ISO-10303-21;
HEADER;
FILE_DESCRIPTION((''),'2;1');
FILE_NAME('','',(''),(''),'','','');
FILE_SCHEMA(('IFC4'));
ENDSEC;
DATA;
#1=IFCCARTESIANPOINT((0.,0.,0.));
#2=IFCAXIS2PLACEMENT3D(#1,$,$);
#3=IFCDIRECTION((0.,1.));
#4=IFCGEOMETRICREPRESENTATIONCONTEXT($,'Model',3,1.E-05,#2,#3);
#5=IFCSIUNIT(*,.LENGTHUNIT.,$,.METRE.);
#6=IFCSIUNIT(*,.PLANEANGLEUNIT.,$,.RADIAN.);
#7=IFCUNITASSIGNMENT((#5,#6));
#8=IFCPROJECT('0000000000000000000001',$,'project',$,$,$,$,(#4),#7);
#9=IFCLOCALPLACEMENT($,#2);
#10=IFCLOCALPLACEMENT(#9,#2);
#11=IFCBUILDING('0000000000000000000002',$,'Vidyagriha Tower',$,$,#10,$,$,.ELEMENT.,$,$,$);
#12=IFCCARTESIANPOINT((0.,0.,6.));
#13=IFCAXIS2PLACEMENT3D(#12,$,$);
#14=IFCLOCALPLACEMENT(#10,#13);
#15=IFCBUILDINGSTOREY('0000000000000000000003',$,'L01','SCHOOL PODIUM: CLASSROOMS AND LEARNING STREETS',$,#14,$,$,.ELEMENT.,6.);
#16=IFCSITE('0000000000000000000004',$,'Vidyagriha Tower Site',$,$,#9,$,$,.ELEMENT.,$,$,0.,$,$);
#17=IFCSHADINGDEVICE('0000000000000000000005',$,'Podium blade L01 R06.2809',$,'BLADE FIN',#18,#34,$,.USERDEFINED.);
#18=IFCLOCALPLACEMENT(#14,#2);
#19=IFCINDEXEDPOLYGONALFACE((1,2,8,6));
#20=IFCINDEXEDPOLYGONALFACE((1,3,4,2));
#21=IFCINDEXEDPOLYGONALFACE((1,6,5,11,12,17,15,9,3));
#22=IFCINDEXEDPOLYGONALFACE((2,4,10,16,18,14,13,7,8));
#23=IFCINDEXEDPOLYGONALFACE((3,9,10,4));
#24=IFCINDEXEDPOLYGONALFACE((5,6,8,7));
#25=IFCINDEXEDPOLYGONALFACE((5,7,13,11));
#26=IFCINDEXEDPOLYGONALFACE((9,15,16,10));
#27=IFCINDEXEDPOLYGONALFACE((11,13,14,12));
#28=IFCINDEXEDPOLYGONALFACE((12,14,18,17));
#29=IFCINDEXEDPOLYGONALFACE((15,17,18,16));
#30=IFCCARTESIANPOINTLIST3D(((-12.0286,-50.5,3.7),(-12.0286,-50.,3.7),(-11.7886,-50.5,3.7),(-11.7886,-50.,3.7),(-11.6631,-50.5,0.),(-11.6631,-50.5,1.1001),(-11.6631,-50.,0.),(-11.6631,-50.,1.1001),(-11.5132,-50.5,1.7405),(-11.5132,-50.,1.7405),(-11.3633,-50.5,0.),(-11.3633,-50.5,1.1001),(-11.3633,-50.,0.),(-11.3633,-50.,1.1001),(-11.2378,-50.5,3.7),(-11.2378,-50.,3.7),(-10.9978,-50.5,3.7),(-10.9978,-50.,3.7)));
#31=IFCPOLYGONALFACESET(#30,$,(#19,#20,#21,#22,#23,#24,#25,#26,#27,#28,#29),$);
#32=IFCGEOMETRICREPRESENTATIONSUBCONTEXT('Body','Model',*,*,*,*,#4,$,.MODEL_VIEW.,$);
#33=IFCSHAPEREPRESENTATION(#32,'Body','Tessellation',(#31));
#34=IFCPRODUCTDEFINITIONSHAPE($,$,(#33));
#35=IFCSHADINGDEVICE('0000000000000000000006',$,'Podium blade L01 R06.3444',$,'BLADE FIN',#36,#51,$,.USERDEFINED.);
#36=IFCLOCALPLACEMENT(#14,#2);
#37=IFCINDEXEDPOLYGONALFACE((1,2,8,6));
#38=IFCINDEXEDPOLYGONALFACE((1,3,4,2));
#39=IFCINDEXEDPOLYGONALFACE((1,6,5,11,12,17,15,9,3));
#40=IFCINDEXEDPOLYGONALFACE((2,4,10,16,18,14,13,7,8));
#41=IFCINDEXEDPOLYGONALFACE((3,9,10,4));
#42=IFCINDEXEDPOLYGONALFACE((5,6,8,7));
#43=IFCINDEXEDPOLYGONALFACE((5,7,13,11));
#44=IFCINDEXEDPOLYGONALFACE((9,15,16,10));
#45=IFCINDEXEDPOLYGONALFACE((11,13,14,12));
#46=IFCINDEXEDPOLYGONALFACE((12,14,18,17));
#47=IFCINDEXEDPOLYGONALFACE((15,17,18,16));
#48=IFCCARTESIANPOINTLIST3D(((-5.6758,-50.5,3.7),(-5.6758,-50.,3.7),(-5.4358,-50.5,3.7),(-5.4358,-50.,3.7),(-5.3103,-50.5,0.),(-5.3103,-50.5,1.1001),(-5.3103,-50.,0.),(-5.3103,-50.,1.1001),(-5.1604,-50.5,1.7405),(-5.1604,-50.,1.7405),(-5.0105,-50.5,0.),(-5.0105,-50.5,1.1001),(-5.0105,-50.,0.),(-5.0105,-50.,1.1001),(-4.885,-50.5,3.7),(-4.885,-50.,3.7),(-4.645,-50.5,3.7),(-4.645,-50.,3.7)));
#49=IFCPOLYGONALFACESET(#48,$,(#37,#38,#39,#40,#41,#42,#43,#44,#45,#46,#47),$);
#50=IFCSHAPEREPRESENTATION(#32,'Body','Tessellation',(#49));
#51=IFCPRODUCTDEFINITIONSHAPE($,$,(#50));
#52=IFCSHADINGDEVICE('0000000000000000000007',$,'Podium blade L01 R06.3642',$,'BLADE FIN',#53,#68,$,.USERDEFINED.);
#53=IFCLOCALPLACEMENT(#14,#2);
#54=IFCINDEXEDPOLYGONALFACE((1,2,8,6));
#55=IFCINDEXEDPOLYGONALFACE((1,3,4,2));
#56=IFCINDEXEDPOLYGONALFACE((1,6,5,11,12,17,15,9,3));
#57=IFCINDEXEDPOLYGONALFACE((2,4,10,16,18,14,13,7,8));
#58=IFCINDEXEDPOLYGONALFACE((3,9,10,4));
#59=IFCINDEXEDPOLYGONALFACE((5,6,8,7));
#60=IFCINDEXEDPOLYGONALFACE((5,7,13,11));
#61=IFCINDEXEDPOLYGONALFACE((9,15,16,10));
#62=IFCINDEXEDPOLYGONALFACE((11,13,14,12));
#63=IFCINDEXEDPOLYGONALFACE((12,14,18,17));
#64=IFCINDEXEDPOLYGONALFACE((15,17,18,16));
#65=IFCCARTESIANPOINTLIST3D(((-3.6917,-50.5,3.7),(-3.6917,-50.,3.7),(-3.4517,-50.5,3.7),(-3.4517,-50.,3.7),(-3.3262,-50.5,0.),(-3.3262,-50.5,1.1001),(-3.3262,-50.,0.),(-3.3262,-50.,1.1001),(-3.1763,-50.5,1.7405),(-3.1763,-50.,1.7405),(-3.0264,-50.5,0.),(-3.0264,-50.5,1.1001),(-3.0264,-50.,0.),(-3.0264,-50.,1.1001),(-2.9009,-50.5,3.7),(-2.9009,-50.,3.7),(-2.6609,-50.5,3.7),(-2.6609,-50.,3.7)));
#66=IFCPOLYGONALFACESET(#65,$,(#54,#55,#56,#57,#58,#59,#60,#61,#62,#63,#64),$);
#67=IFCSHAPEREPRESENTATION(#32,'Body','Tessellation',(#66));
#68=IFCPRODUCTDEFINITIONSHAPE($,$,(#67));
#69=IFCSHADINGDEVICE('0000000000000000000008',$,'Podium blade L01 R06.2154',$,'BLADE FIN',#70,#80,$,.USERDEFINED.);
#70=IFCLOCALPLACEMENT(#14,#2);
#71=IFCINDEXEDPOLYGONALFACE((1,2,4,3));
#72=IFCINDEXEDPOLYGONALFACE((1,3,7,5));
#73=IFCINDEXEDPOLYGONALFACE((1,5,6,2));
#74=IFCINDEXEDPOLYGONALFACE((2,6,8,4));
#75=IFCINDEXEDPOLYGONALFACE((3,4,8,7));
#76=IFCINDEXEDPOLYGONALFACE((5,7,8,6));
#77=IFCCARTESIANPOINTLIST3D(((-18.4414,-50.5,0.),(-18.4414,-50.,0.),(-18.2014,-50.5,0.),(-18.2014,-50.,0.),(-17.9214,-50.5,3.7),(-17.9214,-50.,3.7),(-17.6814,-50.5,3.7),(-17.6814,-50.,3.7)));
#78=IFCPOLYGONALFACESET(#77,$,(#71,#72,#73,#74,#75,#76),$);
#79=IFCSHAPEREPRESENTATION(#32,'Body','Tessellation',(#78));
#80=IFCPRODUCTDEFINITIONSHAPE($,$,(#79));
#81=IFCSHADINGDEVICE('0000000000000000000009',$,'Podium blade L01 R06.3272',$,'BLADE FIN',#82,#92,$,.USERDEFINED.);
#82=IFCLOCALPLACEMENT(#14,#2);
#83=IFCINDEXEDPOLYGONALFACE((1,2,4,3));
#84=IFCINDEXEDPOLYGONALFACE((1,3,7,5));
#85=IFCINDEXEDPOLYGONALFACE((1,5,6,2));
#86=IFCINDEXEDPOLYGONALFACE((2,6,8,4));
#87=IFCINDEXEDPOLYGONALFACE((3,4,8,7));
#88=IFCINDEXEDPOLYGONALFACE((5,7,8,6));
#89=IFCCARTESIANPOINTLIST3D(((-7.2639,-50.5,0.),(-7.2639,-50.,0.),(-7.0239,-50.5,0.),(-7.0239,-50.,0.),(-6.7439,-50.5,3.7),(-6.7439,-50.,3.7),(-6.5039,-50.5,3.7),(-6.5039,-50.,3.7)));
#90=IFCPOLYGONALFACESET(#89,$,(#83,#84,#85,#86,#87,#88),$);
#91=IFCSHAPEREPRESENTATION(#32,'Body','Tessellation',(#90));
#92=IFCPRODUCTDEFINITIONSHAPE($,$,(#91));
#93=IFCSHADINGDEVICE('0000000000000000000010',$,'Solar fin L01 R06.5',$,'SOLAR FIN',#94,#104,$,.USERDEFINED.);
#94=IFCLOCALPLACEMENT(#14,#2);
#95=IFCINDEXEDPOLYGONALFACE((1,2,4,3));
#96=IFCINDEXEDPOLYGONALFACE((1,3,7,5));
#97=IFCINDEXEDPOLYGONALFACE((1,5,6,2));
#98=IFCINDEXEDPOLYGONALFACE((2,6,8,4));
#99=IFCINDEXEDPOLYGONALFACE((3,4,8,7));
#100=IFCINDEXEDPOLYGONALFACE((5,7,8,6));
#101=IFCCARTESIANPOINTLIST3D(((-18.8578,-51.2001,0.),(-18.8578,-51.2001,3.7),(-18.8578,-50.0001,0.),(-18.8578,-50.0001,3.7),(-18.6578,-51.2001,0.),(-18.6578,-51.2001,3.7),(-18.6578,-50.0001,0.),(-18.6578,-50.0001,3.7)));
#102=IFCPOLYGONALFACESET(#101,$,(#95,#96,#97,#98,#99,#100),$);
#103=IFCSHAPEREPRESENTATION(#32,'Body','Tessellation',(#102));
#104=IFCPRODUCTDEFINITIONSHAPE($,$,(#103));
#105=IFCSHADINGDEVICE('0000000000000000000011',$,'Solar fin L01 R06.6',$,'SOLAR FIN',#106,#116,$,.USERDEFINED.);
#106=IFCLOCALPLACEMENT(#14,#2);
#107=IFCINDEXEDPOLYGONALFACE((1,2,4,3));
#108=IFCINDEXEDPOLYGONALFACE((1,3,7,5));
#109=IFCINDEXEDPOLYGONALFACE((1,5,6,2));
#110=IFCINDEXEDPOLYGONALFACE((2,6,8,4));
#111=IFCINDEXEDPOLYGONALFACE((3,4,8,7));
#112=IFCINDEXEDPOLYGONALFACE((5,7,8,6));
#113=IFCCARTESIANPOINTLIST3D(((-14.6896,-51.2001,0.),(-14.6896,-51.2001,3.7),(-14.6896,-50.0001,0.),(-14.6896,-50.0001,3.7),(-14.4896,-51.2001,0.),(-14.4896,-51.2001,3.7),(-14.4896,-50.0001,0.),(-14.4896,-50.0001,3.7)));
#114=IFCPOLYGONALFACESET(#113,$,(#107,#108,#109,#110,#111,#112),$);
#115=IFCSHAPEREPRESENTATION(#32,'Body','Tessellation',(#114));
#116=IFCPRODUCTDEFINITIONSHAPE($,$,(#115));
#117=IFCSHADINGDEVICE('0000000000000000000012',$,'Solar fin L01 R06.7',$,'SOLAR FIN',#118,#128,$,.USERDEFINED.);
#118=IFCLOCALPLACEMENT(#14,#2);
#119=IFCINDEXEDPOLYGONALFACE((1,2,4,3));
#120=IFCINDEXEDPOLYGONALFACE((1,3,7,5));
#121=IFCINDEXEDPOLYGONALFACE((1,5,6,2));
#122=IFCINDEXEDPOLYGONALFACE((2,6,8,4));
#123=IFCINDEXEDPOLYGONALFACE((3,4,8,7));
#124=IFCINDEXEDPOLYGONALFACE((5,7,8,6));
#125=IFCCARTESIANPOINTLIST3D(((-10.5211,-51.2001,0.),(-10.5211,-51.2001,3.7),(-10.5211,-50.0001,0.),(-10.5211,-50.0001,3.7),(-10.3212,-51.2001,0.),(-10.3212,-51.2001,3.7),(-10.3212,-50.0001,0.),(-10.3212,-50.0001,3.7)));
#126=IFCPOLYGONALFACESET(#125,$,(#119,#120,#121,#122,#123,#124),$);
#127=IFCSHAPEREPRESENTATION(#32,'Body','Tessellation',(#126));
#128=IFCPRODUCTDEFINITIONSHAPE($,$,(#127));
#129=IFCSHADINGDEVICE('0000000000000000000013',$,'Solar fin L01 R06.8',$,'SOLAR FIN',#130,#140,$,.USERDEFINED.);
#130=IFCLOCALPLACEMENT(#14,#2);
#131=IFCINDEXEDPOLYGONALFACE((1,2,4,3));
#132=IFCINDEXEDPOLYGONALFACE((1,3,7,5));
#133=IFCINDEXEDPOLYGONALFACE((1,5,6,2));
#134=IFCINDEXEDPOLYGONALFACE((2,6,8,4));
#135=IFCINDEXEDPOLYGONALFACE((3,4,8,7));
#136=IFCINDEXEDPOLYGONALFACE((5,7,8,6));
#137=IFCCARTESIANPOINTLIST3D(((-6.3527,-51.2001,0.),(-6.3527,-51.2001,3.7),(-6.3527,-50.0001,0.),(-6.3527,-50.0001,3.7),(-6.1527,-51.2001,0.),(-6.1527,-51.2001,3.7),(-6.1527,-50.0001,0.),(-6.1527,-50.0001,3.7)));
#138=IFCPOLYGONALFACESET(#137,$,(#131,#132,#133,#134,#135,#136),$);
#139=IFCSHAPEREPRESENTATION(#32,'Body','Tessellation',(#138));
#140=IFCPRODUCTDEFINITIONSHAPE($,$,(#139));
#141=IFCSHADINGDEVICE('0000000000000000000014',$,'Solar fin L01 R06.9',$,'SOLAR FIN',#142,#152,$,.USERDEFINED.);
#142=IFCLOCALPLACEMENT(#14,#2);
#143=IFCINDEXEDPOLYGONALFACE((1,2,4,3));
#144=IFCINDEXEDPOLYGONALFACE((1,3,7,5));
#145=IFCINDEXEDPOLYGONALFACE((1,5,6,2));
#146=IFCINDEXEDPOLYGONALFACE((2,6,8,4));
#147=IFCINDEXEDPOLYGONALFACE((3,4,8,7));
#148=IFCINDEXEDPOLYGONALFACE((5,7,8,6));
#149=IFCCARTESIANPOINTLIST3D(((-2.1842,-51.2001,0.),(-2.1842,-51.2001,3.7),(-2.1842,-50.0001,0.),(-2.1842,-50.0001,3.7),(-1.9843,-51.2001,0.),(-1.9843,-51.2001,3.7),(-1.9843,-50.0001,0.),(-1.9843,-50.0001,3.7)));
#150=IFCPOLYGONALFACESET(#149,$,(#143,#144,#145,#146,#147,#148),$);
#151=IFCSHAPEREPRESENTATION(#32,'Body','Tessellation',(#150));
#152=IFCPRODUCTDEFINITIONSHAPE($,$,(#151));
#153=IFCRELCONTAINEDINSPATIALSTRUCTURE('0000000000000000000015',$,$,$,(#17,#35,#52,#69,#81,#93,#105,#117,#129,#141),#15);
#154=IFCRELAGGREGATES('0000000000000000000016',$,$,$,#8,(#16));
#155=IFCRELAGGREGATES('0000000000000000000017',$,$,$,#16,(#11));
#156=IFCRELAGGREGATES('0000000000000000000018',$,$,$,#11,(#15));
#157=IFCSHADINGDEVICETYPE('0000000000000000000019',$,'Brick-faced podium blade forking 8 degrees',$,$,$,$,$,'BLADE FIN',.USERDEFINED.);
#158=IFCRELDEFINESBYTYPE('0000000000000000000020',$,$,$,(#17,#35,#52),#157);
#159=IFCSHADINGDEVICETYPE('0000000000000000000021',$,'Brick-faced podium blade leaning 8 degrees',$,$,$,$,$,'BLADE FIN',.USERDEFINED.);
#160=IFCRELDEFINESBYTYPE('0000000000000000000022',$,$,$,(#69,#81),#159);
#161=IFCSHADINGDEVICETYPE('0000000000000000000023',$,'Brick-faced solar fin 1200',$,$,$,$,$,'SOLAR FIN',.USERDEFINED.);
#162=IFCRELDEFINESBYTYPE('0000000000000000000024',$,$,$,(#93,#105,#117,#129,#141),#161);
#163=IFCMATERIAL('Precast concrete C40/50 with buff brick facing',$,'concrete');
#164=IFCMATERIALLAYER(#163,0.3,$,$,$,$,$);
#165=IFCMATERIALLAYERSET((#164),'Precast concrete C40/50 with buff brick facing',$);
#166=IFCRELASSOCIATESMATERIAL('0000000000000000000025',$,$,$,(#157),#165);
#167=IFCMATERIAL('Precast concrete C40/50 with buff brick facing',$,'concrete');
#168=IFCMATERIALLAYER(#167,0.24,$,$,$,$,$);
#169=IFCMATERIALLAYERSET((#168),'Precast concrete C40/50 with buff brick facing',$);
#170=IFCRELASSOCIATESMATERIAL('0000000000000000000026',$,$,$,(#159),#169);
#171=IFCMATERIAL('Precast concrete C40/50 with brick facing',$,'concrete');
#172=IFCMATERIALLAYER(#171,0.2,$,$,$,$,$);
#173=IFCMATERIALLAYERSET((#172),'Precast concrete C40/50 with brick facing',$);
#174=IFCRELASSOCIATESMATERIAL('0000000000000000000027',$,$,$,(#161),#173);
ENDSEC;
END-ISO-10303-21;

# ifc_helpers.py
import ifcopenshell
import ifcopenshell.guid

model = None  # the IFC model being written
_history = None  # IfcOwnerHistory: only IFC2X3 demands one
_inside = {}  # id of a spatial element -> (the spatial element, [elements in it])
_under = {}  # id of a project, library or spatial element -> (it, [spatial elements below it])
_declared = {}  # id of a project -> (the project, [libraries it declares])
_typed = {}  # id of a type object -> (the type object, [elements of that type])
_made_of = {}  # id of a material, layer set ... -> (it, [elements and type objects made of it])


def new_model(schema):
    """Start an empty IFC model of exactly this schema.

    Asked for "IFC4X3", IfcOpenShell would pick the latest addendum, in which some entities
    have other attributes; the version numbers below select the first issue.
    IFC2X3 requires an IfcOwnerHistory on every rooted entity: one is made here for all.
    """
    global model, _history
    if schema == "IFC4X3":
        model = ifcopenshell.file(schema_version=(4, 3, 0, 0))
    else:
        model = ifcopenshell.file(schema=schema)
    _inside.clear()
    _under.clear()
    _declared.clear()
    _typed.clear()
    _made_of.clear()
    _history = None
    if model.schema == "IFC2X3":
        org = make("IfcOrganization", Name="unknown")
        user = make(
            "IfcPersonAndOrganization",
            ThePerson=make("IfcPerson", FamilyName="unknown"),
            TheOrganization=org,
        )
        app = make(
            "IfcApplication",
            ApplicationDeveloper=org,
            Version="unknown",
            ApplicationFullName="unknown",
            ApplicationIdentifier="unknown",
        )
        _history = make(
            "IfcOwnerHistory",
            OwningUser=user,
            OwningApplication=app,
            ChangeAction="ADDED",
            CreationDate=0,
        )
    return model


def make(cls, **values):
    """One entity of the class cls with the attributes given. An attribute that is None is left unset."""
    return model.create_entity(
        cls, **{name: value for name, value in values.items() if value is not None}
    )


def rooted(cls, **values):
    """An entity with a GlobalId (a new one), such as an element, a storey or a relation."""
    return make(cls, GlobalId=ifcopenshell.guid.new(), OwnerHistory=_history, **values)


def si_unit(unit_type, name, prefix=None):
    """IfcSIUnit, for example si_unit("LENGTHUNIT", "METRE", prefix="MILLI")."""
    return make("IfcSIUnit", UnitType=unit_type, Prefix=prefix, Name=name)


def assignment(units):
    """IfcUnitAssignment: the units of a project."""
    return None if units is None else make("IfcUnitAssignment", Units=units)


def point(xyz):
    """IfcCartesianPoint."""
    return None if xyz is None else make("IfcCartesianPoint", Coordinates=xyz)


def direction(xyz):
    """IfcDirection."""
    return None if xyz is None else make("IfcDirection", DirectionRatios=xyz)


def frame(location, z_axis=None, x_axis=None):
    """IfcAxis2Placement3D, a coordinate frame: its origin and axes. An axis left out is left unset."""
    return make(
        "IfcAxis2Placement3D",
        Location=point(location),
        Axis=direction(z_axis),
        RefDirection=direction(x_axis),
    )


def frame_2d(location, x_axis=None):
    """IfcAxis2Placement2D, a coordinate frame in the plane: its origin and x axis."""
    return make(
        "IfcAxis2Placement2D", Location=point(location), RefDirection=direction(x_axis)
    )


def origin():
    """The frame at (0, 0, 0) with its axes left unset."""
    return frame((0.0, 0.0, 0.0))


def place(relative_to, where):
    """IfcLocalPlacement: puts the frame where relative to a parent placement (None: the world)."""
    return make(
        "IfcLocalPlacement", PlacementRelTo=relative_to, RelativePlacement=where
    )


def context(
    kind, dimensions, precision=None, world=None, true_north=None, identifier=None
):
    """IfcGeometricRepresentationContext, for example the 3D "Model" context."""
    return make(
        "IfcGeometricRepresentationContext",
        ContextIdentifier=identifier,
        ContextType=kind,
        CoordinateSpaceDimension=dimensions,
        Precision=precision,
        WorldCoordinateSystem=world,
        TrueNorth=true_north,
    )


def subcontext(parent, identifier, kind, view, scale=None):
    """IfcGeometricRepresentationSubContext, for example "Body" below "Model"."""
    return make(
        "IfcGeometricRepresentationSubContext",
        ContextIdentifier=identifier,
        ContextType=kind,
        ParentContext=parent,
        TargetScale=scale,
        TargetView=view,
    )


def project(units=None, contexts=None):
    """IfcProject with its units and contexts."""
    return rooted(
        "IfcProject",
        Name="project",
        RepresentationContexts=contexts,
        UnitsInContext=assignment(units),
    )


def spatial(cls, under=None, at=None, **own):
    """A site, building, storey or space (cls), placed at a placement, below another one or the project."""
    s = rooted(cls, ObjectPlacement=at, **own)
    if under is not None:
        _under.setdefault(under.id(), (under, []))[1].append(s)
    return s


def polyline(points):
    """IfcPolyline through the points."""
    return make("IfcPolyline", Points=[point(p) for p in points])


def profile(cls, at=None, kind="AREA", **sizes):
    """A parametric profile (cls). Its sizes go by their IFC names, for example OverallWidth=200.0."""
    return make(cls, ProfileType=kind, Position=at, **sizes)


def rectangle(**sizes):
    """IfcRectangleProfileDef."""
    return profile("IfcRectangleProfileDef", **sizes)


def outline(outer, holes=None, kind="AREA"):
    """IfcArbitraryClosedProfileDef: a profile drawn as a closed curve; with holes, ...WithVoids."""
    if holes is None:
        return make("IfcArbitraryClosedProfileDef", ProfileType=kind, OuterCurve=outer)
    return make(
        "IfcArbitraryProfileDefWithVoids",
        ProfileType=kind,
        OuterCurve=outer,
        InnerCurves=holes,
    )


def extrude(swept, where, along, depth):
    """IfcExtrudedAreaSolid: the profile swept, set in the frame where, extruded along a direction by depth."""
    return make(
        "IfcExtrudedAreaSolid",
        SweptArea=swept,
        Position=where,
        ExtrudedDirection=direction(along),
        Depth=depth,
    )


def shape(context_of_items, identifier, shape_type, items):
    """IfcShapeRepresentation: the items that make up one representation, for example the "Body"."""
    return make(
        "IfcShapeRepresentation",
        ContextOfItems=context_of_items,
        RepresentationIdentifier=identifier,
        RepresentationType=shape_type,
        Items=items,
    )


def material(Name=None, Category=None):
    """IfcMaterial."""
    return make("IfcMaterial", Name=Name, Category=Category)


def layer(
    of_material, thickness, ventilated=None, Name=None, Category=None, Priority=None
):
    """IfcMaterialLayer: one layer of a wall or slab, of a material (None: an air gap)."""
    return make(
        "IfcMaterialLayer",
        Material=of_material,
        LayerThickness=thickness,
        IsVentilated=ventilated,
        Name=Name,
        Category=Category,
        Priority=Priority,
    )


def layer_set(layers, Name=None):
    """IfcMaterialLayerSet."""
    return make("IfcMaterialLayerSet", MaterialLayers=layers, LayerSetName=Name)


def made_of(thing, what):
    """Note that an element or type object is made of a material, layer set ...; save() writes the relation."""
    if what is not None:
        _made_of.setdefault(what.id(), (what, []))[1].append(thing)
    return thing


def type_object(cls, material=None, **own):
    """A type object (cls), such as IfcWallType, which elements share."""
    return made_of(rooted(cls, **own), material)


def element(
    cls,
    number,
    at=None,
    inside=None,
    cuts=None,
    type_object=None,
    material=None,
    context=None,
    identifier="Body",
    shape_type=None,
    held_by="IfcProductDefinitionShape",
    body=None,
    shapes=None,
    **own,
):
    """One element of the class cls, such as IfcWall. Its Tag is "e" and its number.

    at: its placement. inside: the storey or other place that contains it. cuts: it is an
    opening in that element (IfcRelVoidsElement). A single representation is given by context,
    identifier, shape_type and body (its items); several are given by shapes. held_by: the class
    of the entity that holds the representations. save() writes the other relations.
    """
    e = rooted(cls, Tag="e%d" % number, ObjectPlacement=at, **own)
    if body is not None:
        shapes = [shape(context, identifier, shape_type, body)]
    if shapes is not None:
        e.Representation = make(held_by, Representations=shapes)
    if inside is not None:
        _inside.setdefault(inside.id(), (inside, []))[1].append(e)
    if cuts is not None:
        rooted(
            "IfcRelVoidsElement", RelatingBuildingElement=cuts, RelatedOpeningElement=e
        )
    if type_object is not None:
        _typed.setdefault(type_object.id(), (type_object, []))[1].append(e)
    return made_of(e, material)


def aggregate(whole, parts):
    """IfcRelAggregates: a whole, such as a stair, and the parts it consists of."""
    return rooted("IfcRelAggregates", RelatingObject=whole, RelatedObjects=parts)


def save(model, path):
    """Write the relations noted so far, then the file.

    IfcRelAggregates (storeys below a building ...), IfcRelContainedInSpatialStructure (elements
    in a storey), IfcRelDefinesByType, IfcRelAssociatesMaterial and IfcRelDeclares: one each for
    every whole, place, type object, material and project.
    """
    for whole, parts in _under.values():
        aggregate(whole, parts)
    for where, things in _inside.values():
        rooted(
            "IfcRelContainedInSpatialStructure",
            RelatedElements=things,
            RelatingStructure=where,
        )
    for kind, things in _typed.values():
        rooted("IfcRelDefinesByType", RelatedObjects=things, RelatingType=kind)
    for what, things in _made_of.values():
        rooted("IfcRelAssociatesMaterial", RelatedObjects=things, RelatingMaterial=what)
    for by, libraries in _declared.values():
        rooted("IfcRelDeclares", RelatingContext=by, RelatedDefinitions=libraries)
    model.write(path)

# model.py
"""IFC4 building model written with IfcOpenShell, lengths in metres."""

from ifc_helpers import new_model, si_unit, direction, frame, frame_2d, origin, place, context, subcontext, project, spatial, polyline, rectangle, outline, extrude, material, layer, layer_set, type_object, element, save


model = new_model("IFC4")

# Units and contexts
model_context = context("Model", 3, precision=1e-05, world=origin(), true_north=direction((0.0, 1.0)))
body_context = subcontext(model_context, "Body", "Model", "MODEL_VIEW")
ifc_project = project(units=[si_unit("LENGTHUNIT", "METRE"), si_unit("PLANEANGLEUNIT", "RADIAN")], contexts=[model_context])

# Site, building, storey
site_placement = place(None, origin())
site = spatial("IfcSite", under=ifc_project, at=site_placement, Name="Vidyagriha Tower Site", CompositionType="ELEMENT", RefElevation=0.0)
building_placement = place(site_placement, origin())
building = spatial("IfcBuilding", under=site, at=building_placement, Name="Vidyagriha Tower", CompositionType="ELEMENT")
storey_placement = place(building_placement, frame((0.0, 0.0, 6.0)))
storey = spatial("IfcBuildingStorey", under=building, at=storey_placement, Name="L01", Description="SCHOOL PODIUM: CLASSROOMS AND LEARNING STREETS", CompositionType="ELEMENT", Elevation=6.0)

# Shading devices
ifc_material_1 = material(Name="Precast concrete C40/50 with buff brick facing", Category="concrete")
ifc_layer_1 = layer(ifc_material_1, 0.3)
ifc_layer_set_1 = layer_set([ifc_layer_1], Name="Precast concrete C40/50 with buff brick facing")
shading_device_type_1 = type_object("IfcShadingDeviceType", Name="Brick-faced podium blade forking 8 degrees", ElementType="BLADE FIN", PredefinedType="USERDEFINED", material=ifc_layer_set_1)
for number, where, name in (
    (1, (-12.0286, -50.25, 0.0), "Podium blade L01 R06.2809"),
    (2, (-5.6758, -50.25, 0.0), "Podium blade L01 R06.3444"),
    (3, (-3.6917, -50.25, 0.0), "Podium blade L01 R06.3642"),
):
    element("IfcShadingDevice", number, at=place(storey_placement, frame(where)), inside=storey, type_object=shading_device_type_1, Name=name, ObjectType="BLADE FIN", PredefinedType="USERDEFINED", context=body_context, shape_type="SweptSolid", body=[
        extrude(outline(polyline([(0.6653, 0.0), (0.6653, 1.1001), (1.0308, 3.7), (0.7908, 3.7), (0.5154, 1.7405), (0.24, 3.7), (0.0, 3.7), (0.3655, 1.1001), (0.3655, 0.0), (0.6653, 0.0)])), frame((0.0, 0.25, 0.0), z_axis=(0.0, -1.0, 0.0), x_axis=(1.0, 0.0, 0.0)), (0.0, 0.0, 1.0), 0.5),
    ])
ifc_material_2 = material(Name="Precast concrete C40/50 with buff brick facing", Category="concrete")
ifc_layer_2 = layer(ifc_material_2, 0.24)
ifc_layer_set_2 = layer_set([ifc_layer_2], Name="Precast concrete C40/50 with buff brick facing")
shading_device_type_2 = type_object("IfcShadingDeviceType", Name="Brick-faced podium blade leaning 8 degrees", ElementType="BLADE FIN", PredefinedType="USERDEFINED", material=ifc_layer_set_2)
for number, where, name in (
    (4, (-18.4414, -50.25, 0.0), "Podium blade L01 R06.2154"),
    (5, (-7.2639, -50.25, 0.0), "Podium blade L01 R06.3272"),
):
    element("IfcShadingDevice", number, at=place(storey_placement, frame(where)), inside=storey, type_object=shading_device_type_2, Name=name, ObjectType="BLADE FIN", PredefinedType="USERDEFINED", context=body_context, shape_type="SweptSolid", body=[
        extrude(outline(polyline([(0.0, 0.0), (0.24, 0.0), (0.76, 3.7), (0.52, 3.7), (0.0, 0.0)])), frame((0.0, 0.25, 0.0), z_axis=(0.0, -1.0, 0.0), x_axis=(1.0, 0.0, 0.0)), (0.0, 0.0, 1.0), 0.5),
    ])
ifc_material_3 = material(Name="Precast concrete C40/50 with brick facing", Category="concrete")
ifc_layer_3 = layer(ifc_material_3, 0.2)
ifc_layer_set_3 = layer_set([ifc_layer_3], Name="Precast concrete C40/50 with brick facing")
shading_device_type_3 = type_object("IfcShadingDeviceType", Name="Brick-faced solar fin 1200", ElementType="SOLAR FIN", PredefinedType="USERDEFINED", material=ifc_layer_set_3)
for number, where, z_axis, x_axis, name in (
    (6, (-18.7578, -50.0, 0.0), (0.0, 0.0, 1.0), (0.0, -1.0, 0.0), "Solar fin L01 R06.5"),
    (7, (-14.5896, -50.0, 0.0), (0.0, 0.0, 1.0), (0.0, -1.0, 0.0), "Solar fin L01 R06.6"),
    (8, (-10.4211, -50.0, 0.0), (0.0, 0.0, 1.0), (0.0, -1.0, 0.0), "Solar fin L01 R06.7"),
    (9, (-6.2527, -50.0, 0.0), (0.0, 0.0, 1.0), (0.0, -1.0, 0.0), "Solar fin L01 R06.8"),
    (10, (-2.0842, -50.0, 0.0), (0.0, 0.0, 1.0), (0.0, -1.0, 0.0), "Solar fin L01 R06.9"),
):
    element("IfcShadingDevice", number, at=place(storey_placement, frame(where, z_axis=z_axis, x_axis=x_axis)), inside=storey, type_object=shading_device_type_3, Name=name, ObjectType="SOLAR FIN", PredefinedType="USERDEFINED", context=body_context, shape_type="SweptSolid", body=[
        extrude(rectangle(XDim=1.2, YDim=0.2, at=frame_2d((0.6001, 0.0))), origin(), (0.0, 0.0, 1.0), 3.7),
    ])

save(model, "model.ifc")
